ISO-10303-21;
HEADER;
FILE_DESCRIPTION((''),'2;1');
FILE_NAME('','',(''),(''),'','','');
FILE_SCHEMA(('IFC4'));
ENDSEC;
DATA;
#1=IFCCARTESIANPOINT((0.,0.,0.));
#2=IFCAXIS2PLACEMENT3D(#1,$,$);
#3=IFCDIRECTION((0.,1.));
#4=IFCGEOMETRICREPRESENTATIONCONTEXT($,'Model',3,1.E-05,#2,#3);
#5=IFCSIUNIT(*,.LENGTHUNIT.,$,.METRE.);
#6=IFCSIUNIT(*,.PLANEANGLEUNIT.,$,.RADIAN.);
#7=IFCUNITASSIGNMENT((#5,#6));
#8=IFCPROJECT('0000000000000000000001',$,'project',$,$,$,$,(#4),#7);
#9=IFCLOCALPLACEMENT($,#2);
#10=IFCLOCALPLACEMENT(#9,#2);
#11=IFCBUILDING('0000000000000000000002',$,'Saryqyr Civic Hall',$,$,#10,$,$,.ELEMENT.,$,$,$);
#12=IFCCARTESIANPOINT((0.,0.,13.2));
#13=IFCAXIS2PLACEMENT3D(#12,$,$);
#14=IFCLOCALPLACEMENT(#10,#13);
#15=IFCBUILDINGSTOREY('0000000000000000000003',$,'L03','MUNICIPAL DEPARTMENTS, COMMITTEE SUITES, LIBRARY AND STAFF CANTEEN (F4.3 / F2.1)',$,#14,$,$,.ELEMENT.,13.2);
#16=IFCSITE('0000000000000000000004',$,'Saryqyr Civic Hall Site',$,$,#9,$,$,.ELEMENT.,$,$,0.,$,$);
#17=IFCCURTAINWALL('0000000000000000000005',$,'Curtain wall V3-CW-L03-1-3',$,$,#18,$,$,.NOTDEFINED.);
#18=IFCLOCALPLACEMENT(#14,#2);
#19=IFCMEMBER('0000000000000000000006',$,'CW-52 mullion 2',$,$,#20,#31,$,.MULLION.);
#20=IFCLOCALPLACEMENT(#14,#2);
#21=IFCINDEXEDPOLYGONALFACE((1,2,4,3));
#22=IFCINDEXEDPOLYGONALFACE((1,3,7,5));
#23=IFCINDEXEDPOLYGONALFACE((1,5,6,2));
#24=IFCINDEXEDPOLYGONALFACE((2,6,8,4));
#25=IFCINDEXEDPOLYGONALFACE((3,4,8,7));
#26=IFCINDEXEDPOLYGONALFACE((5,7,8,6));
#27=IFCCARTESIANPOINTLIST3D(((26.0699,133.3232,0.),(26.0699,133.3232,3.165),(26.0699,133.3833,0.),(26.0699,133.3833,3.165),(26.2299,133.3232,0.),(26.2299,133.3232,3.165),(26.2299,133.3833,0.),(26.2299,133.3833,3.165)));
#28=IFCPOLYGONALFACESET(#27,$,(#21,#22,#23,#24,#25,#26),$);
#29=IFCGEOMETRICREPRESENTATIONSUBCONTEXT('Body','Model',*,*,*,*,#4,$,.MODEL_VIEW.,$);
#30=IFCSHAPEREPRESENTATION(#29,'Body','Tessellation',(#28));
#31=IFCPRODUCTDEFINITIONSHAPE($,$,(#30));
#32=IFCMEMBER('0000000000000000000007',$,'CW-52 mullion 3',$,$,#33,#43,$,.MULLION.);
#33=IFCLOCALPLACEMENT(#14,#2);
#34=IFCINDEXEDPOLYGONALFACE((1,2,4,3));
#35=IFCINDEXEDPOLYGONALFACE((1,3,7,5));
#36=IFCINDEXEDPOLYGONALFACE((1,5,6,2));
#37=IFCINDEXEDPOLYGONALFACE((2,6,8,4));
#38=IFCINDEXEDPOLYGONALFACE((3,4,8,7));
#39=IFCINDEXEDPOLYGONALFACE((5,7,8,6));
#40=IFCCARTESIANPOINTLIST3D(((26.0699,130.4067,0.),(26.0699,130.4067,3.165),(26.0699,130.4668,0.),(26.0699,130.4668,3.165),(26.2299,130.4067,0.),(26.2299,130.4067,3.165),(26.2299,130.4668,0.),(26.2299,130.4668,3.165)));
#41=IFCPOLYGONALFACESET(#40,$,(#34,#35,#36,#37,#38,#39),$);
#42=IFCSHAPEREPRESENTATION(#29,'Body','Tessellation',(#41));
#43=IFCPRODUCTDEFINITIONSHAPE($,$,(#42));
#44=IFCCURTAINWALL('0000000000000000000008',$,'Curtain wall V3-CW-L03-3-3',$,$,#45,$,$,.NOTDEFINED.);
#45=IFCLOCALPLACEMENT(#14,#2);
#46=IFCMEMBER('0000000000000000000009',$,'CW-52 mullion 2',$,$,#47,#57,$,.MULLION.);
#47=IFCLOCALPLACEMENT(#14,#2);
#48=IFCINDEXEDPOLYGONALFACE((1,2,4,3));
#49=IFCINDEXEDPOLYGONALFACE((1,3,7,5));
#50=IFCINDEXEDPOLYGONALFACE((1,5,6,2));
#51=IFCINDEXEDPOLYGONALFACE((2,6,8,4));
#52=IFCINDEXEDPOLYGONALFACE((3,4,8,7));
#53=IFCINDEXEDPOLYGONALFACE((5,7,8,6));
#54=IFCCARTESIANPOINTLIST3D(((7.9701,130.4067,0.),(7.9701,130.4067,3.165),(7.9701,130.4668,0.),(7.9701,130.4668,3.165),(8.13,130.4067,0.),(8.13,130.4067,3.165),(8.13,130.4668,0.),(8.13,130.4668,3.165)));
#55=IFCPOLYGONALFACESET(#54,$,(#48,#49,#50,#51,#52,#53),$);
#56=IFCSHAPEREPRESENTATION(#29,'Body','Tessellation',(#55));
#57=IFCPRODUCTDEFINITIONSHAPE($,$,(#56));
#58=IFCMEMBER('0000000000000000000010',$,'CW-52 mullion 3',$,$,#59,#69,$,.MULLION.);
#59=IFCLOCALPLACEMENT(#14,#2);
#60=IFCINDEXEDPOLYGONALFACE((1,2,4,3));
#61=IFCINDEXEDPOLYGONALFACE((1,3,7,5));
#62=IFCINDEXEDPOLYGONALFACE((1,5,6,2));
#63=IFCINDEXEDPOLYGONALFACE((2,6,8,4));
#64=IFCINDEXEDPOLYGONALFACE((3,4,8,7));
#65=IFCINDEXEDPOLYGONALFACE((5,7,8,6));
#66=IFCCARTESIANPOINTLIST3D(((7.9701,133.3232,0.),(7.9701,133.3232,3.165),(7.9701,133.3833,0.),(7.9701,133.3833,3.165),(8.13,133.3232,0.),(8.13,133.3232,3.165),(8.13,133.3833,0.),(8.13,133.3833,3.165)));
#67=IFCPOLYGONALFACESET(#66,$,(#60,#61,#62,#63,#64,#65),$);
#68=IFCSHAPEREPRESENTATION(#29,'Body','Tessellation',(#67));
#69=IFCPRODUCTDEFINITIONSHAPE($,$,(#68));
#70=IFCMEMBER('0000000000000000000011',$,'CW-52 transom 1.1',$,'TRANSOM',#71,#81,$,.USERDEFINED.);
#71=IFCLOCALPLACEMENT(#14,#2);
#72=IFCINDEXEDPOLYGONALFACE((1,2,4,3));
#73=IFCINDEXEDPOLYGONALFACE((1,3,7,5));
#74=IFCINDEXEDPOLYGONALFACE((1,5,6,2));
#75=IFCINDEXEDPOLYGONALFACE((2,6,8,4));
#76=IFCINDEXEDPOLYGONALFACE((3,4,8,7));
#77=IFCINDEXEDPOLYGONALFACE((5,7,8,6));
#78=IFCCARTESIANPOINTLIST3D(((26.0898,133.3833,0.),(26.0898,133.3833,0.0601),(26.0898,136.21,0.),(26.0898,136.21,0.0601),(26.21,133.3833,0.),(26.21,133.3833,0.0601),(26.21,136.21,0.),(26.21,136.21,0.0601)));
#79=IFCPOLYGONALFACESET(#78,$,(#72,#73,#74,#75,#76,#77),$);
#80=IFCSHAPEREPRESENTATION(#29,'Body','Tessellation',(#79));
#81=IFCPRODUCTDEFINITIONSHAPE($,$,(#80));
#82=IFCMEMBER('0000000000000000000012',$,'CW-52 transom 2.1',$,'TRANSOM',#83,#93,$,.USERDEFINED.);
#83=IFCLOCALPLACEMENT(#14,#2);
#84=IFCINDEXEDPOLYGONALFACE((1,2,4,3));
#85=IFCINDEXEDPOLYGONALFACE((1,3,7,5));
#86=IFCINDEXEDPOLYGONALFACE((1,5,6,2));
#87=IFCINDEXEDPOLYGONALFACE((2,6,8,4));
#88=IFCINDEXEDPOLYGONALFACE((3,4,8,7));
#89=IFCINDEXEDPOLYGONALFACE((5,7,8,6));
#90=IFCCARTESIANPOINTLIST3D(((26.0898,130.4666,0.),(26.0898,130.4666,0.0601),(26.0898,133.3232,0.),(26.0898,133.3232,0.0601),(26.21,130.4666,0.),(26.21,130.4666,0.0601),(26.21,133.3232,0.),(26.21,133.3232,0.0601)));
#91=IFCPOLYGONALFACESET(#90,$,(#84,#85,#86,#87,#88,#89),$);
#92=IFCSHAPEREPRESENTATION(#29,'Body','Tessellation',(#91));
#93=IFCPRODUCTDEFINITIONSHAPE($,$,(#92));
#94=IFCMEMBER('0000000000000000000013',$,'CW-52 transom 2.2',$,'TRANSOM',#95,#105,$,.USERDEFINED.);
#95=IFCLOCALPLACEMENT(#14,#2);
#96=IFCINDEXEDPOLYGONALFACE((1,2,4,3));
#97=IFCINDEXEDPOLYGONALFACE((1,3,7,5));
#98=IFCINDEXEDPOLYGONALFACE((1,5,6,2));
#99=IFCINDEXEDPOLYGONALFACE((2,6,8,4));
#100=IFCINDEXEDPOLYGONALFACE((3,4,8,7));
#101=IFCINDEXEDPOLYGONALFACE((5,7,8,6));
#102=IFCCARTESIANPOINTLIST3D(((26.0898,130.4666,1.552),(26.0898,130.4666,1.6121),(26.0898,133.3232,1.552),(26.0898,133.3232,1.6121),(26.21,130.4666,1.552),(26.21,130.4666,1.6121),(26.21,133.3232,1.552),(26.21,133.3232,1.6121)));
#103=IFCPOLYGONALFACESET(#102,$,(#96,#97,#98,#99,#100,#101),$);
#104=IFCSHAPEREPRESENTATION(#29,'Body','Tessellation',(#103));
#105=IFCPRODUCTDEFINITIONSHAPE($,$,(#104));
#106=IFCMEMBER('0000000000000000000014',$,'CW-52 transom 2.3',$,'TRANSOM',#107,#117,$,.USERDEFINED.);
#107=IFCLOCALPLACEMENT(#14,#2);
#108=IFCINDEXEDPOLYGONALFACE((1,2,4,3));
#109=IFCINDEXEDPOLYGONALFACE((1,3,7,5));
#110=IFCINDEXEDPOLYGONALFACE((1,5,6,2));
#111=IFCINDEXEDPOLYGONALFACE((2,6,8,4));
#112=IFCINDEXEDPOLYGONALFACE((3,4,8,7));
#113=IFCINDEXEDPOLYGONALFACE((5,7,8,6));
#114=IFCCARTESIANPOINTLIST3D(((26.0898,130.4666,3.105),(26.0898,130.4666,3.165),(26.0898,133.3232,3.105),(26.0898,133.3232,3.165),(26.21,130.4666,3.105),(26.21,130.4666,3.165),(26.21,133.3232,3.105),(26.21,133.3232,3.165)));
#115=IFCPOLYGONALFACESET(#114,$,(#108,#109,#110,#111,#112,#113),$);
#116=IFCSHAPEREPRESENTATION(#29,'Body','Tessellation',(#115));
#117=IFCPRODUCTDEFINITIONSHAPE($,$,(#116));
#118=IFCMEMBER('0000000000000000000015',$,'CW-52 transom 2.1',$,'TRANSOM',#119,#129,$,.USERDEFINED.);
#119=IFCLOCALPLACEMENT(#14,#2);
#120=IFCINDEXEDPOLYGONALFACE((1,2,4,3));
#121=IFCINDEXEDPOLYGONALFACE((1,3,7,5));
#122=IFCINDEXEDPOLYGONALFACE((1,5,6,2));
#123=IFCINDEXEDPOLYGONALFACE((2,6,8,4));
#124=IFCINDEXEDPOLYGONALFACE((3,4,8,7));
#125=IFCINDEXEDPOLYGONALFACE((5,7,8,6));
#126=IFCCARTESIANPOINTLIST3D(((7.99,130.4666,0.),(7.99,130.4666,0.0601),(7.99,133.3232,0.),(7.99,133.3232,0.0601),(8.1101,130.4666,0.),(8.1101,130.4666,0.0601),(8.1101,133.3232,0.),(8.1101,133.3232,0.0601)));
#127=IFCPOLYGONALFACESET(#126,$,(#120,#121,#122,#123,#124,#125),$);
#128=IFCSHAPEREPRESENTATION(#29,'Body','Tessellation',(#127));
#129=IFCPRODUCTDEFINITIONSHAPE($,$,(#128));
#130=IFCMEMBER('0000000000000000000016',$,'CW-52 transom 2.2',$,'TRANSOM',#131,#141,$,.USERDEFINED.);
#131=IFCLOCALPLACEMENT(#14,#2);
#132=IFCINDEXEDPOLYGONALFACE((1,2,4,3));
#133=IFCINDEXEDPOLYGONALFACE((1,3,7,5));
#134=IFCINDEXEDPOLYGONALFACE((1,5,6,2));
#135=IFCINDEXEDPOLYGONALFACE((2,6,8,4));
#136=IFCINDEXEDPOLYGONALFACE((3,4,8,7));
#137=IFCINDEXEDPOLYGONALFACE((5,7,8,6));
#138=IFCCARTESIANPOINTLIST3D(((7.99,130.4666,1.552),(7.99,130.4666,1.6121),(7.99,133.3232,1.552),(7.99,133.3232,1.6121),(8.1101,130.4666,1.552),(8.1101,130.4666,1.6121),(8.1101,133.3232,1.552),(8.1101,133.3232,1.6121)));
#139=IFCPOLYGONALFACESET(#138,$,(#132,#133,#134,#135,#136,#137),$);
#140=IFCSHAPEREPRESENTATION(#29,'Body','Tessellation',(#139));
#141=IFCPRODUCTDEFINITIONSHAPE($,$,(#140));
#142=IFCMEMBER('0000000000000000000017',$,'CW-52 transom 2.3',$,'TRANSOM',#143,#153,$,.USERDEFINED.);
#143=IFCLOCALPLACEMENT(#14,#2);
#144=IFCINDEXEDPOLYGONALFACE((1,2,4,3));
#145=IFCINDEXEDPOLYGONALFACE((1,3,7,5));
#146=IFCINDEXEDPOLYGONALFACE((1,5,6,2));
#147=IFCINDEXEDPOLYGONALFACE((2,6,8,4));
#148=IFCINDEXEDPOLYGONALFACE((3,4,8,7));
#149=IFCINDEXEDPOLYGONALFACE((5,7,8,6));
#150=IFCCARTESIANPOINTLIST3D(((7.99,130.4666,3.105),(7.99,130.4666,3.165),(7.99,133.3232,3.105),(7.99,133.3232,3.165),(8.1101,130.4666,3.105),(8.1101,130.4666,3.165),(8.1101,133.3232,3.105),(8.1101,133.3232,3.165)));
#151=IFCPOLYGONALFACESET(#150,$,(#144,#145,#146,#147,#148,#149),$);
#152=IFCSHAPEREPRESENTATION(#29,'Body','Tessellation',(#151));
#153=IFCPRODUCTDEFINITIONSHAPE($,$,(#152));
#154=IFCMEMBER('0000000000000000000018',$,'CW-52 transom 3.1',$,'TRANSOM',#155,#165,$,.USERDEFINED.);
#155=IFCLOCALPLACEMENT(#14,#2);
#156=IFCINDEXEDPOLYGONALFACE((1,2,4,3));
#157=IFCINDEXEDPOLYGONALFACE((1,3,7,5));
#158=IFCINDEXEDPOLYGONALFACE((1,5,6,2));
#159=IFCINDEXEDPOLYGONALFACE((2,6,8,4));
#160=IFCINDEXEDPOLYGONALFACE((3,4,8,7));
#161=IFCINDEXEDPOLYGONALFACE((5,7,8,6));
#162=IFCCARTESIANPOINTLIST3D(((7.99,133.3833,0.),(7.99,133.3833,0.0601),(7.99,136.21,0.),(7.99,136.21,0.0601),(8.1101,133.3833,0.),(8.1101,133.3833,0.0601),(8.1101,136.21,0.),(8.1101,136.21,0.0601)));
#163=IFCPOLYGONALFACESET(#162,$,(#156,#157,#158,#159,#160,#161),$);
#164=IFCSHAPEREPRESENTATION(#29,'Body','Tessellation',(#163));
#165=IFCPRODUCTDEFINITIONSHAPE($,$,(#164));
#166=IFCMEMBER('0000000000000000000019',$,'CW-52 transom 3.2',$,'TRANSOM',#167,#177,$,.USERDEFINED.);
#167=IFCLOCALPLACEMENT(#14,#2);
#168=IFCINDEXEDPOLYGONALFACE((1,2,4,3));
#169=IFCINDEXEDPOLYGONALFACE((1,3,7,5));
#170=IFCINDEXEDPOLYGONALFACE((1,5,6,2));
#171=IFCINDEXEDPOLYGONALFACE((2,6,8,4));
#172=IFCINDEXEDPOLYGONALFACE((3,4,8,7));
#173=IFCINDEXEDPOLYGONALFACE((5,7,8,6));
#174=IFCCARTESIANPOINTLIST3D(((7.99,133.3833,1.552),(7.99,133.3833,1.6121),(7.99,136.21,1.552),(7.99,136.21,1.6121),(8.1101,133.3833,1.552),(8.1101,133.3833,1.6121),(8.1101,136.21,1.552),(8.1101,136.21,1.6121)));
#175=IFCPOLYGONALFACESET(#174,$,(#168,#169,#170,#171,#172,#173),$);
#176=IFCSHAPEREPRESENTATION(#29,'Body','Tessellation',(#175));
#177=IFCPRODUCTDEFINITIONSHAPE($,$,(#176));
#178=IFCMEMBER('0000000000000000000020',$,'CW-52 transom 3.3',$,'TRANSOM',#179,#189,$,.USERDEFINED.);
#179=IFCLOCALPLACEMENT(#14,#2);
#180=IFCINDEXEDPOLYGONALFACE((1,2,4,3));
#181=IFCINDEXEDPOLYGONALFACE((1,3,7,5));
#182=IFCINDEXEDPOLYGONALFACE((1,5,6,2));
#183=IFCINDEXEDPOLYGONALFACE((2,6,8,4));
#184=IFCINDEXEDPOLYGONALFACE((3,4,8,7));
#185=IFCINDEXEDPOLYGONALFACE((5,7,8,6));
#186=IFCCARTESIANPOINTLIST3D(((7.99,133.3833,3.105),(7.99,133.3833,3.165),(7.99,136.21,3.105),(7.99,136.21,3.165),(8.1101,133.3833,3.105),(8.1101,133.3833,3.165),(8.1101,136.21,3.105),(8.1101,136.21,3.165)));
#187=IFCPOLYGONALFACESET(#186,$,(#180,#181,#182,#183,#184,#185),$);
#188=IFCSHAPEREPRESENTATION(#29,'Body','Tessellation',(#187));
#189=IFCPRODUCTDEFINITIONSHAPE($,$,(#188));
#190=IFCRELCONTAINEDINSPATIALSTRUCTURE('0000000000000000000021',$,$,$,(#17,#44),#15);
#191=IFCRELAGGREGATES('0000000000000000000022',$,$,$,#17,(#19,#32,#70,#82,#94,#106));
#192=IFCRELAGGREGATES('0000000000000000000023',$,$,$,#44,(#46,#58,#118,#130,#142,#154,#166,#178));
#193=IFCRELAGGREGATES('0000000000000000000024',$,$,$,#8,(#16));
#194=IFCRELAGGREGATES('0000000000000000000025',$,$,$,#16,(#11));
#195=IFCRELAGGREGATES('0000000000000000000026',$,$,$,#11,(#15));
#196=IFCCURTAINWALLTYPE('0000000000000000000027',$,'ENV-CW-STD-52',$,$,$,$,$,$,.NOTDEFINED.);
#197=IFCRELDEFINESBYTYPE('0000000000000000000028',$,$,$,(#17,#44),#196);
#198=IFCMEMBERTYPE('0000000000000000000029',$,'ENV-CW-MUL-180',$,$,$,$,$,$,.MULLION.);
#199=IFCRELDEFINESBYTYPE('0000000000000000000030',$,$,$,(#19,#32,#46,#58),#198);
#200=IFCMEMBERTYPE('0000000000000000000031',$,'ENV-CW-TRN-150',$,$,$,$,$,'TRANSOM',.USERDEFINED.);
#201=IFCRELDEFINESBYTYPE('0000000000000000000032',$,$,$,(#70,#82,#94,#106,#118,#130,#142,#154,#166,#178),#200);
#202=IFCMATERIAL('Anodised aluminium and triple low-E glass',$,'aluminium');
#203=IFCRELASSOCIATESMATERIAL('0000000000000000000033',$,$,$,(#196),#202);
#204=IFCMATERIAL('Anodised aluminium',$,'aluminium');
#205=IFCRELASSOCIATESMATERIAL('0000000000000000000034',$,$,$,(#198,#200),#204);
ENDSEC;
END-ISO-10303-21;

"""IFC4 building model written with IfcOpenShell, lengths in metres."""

from ifc_helpers import new_model, si_unit, direction, frame, origin, origin_2d, place, context, subcontext, project, spatial, rectangle, extrude, material, material_profile, profile_set, type_object, element, aggregate, save


model = new_model("IFC4")

# Units and contexts
model_context = context("Model", 3, precision=1e-05, world=origin(), true_north=direction((0.0, 1.0)))
body_context = subcontext(model_context, "Body", "Model", "MODEL_VIEW")
ifc_project = project(units=[si_unit("LENGTHUNIT", "METRE"), si_unit("PLANEANGLEUNIT", "RADIAN")], contexts=[model_context])

# Site, building, storey
site_placement = place(None, origin())
site = spatial("IfcSite", under=ifc_project, at=site_placement, Name="Saryqyr Civic Hall Site", CompositionType="ELEMENT", RefElevation=0.0)
building_placement = place(site_placement, origin())
building = spatial("IfcBuilding", under=site, at=building_placement, Name="Saryqyr Civic Hall", CompositionType="ELEMENT")
storey_placement = place(building_placement, frame((0.0, 0.0, 13.2)))
storey = spatial("IfcBuildingStorey", under=building, at=storey_placement, Name="L03", Description="MUNICIPAL DEPARTMENTS, COMMITTEE SUITES, LIBRARY AND STAFF CANTEEN (F4.3 / F2.1)", CompositionType="ELEMENT", Elevation=13.2)

# Curtain walls, members
ifc_material_1 = material(Name="Anodised aluminium and triple low-E glass", Category="aluminium")
curtain_wall_type = type_object("IfcCurtainWallType", Name="ENV-CW-STD-52", PredefinedType="NOTDEFINED", material=ifc_material_1)
curtain_wall_1_placement = place(storey_placement, origin())
curtain_wall_1 = element("IfcCurtainWall", 1, at=curtain_wall_1_placement, inside=storey, type_object=curtain_wall_type, Name="Curtain wall V3-CW-L03-1-3", PredefinedType="NOTDEFINED")
ifc_material_2 = material(Name="Anodised aluminium", Category="aluminium")
ifc_material_profile_1 = material_profile(ifc_material_2, rectangle(XDim=0.0601, YDim=0.1599, at=origin_2d()), Name="ALU MULLION 60x160")
ifc_profile_set_1 = profile_set([ifc_material_profile_1], Name="Anodised aluminium")
member_type_1 = type_object("IfcMemberType", Name="ENV-CW-MUL-180", PredefinedType="MULLION", material=ifc_profile_set_1)
member_1_placement = place(storey_placement, frame((26.1499, 133.3533, 0.0), z_axis=(0.0, 0.0, 1.0), x_axis=(0.0, -1.0, 0.0)))
member_1 = element("IfcMember", 2, at=member_1_placement, type_object=member_type_1, Name="CW-52 mullion 2", PredefinedType="MULLION", context=body_context, shape_type="SweptSolid", body=[
    extrude(rectangle(XDim=0.0601, YDim=0.1599, at=origin_2d()), origin(), (0.0, 0.0, 1.0), 3.165),
])
member_2_placement = place(storey_placement, frame((26.1499, 130.4368, 0.0), z_axis=(0.0, 0.0, 1.0), x_axis=(0.0, -1.0, 0.0)))
member_2 = element("IfcMember", 3, at=member_2_placement, type_object=member_type_1, Name="CW-52 mullion 3", PredefinedType="MULLION", context=body_context, shape_type="SweptSolid", body=[
    extrude(rectangle(XDim=0.0601, YDim=0.1599, at=origin_2d()), origin(), (0.0, 0.0, 1.0), 3.165),
])
curtain_wall_2_placement = place(storey_placement, origin())
curtain_wall_2 = element("IfcCurtainWall", 4, at=curtain_wall_2_placement, inside=storey, type_object=curtain_wall_type, Name="Curtain wall V3-CW-L03-3-3", PredefinedType="NOTDEFINED")
member_3_placement = place(storey_placement, frame((8.05, 130.4368, 0.0), z_axis=(0.0, 0.0, 1.0), x_axis=(0.0, 1.0, 0.0)))
member_3 = element("IfcMember", 5, at=member_3_placement, type_object=member_type_1, Name="CW-52 mullion 2", PredefinedType="MULLION", context=body_context, shape_type="SweptSolid", body=[
    extrude(rectangle(XDim=0.0601, YDim=0.1599, at=origin_2d()), origin(), (0.0, 0.0, 1.0), 3.165),
])
member_4_placement = place(storey_placement, frame((8.05, 133.3533, 0.0), z_axis=(0.0, 0.0, 1.0), x_axis=(0.0, 1.0, 0.0)))
member_4 = element("IfcMember", 6, at=member_4_placement, type_object=member_type_1, Name="CW-52 mullion 3", PredefinedType="MULLION", context=body_context, shape_type="SweptSolid", body=[
    extrude(rectangle(XDim=0.0601, YDim=0.1599, at=origin_2d()), origin(), (0.0, 0.0, 1.0), 3.165),
])

# Members
ifc_material_profile_2 = material_profile(ifc_material_2, rectangle(XDim=0.1201, YDim=0.0601, at=origin_2d()), Name="ALU TRANSOM 120x60")
ifc_profile_set_2 = profile_set([ifc_material_profile_2], Name="Anodised aluminium")
member_type_2 = type_object("IfcMemberType", Name="ENV-CW-TRN-150", ElementType="TRANSOM", PredefinedType="USERDEFINED", material=ifc_profile_set_2)
member_5_placement = place(storey_placement, frame((26.1499, 136.21, 0.03), z_axis=(0.0, -1.0, 0.0), x_axis=(1.0, 0.0, 0.0)))
member_5 = element("IfcMember", 7, at=member_5_placement, type_object=member_type_2, Name="CW-52 transom 1.1", ObjectType="TRANSOM", PredefinedType="USERDEFINED", context=body_context, shape_type="SweptSolid", body=[
    extrude(rectangle(XDim=0.1201, YDim=0.0601, at=origin_2d()), origin(), (0.0, 0.0, 1.0), 2.8267),
])
member_6_placement = place(storey_placement, frame((26.1499, 133.3232, 0.03), z_axis=(0.0, -1.0, 0.0), x_axis=(1.0, 0.0, 0.0)))
member_6 = element("IfcMember", 8, at=member_6_placement, type_object=member_type_2, Name="CW-52 transom 2.1", ObjectType="TRANSOM", PredefinedType="USERDEFINED", context=body_context, shape_type="SweptSolid", body=[
    extrude(rectangle(XDim=0.1201, YDim=0.0601, at=origin_2d()), origin(), (0.0, 0.0, 1.0), 2.8567),
])
member_7_placement = place(storey_placement, frame((26.1499, 133.3232, 1.582), z_axis=(0.0, -1.0, 0.0), x_axis=(1.0, 0.0, 0.0)))
member_7 = element("IfcMember", 9, at=member_7_placement, type_object=member_type_2, Name="CW-52 transom 2.2", ObjectType="TRANSOM", PredefinedType="USERDEFINED", context=body_context, shape_type="SweptSolid", body=[
    extrude(rectangle(XDim=0.1201, YDim=0.0601, at=origin_2d()), origin(), (0.0, 0.0, 1.0), 2.8567),
])
member_8_placement = place(storey_placement, frame((26.1499, 133.3232, 3.135), z_axis=(0.0, -1.0, 0.0), x_axis=(1.0, 0.0, 0.0)))
member_8 = element("IfcMember", 10, at=member_8_placement, type_object=member_type_2, Name="CW-52 transom 2.3", ObjectType="TRANSOM", PredefinedType="USERDEFINED", context=body_context, shape_type="SweptSolid", body=[
    extrude(rectangle(XDim=0.1201, YDim=0.0601, at=origin_2d()), origin(), (0.0, 0.0, 1.0), 2.8567),
])
member_9_placement = place(storey_placement, frame((8.05, 130.4666, 0.03), z_axis=(0.0, 1.0, 0.0), x_axis=(-1.0, 0.0, 0.0)))
member_9 = element("IfcMember", 11, at=member_9_placement, type_object=member_type_2, Name="CW-52 transom 2.1", ObjectType="TRANSOM", PredefinedType="USERDEFINED", context=body_context, shape_type="SweptSolid", body=[
    extrude(rectangle(XDim=0.1201, YDim=0.0601, at=origin_2d()), origin(), (0.0, 0.0, 1.0), 2.8567),
])
member_10_placement = place(storey_placement, frame((8.05, 130.4666, 1.582), z_axis=(0.0, 1.0, 0.0), x_axis=(-1.0, 0.0, 0.0)))
member_10 = element("IfcMember", 12, at=member_10_placement, type_object=member_type_2, Name="CW-52 transom 2.2", ObjectType="TRANSOM", PredefinedType="USERDEFINED", context=body_context, shape_type="SweptSolid", body=[
    extrude(rectangle(XDim=0.1201, YDim=0.0601, at=origin_2d()), origin(), (0.0, 0.0, 1.0), 2.8567),
])
member_11_placement = place(storey_placement, frame((8.05, 130.4666, 3.135), z_axis=(0.0, 1.0, 0.0), x_axis=(-1.0, 0.0, 0.0)))
member_11 = element("IfcMember", 13, at=member_11_placement, type_object=member_type_2, Name="CW-52 transom 2.3", ObjectType="TRANSOM", PredefinedType="USERDEFINED", context=body_context, shape_type="SweptSolid", body=[
    extrude(rectangle(XDim=0.1201, YDim=0.0601, at=origin_2d()), origin(), (0.0, 0.0, 1.0), 2.8567),
])
member_12_placement = place(storey_placement, frame((8.05, 133.3833, 0.03), z_axis=(0.0, 1.0, 0.0), x_axis=(-1.0, 0.0, 0.0)))
member_12 = element("IfcMember", 14, at=member_12_placement, type_object=member_type_2, Name="CW-52 transom 3.1", ObjectType="TRANSOM", PredefinedType="USERDEFINED", context=body_context, shape_type="SweptSolid", body=[
    extrude(rectangle(XDim=0.1201, YDim=0.0601, at=origin_2d()), origin(), (0.0, 0.0, 1.0), 2.8267),
])
member_13_placement = place(storey_placement, frame((8.05, 133.3833, 1.582), z_axis=(0.0, 1.0, 0.0), x_axis=(-1.0, 0.0, 0.0)))
member_13 = element("IfcMember", 15, at=member_13_placement, type_object=member_type_2, Name="CW-52 transom 3.2", ObjectType="TRANSOM", PredefinedType="USERDEFINED", context=body_context, shape_type="SweptSolid", body=[
    extrude(rectangle(XDim=0.1201, YDim=0.0601, at=origin_2d()), origin(), (0.0, 0.0, 1.0), 2.8267),
])
member_14_placement = place(storey_placement, frame((8.05, 133.3833, 3.135), z_axis=(0.0, 1.0, 0.0), x_axis=(-1.0, 0.0, 0.0)))
member_14 = element("IfcMember", 16, at=member_14_placement, type_object=member_type_2, Name="CW-52 transom 3.3", ObjectType="TRANSOM", PredefinedType="USERDEFINED", context=body_context, shape_type="SweptSolid", body=[
    extrude(rectangle(XDim=0.1201, YDim=0.0601, at=origin_2d()), origin(), (0.0, 0.0, 1.0), 2.8267),
])

aggregate(curtain_wall_1, [member_1, member_2, member_5, member_6, member_7, member_8])
aggregate(curtain_wall_2, [member_3, member_4, member_9, member_10, member_11, member_12, member_13, member_14])

save(model, "model.ifc")
